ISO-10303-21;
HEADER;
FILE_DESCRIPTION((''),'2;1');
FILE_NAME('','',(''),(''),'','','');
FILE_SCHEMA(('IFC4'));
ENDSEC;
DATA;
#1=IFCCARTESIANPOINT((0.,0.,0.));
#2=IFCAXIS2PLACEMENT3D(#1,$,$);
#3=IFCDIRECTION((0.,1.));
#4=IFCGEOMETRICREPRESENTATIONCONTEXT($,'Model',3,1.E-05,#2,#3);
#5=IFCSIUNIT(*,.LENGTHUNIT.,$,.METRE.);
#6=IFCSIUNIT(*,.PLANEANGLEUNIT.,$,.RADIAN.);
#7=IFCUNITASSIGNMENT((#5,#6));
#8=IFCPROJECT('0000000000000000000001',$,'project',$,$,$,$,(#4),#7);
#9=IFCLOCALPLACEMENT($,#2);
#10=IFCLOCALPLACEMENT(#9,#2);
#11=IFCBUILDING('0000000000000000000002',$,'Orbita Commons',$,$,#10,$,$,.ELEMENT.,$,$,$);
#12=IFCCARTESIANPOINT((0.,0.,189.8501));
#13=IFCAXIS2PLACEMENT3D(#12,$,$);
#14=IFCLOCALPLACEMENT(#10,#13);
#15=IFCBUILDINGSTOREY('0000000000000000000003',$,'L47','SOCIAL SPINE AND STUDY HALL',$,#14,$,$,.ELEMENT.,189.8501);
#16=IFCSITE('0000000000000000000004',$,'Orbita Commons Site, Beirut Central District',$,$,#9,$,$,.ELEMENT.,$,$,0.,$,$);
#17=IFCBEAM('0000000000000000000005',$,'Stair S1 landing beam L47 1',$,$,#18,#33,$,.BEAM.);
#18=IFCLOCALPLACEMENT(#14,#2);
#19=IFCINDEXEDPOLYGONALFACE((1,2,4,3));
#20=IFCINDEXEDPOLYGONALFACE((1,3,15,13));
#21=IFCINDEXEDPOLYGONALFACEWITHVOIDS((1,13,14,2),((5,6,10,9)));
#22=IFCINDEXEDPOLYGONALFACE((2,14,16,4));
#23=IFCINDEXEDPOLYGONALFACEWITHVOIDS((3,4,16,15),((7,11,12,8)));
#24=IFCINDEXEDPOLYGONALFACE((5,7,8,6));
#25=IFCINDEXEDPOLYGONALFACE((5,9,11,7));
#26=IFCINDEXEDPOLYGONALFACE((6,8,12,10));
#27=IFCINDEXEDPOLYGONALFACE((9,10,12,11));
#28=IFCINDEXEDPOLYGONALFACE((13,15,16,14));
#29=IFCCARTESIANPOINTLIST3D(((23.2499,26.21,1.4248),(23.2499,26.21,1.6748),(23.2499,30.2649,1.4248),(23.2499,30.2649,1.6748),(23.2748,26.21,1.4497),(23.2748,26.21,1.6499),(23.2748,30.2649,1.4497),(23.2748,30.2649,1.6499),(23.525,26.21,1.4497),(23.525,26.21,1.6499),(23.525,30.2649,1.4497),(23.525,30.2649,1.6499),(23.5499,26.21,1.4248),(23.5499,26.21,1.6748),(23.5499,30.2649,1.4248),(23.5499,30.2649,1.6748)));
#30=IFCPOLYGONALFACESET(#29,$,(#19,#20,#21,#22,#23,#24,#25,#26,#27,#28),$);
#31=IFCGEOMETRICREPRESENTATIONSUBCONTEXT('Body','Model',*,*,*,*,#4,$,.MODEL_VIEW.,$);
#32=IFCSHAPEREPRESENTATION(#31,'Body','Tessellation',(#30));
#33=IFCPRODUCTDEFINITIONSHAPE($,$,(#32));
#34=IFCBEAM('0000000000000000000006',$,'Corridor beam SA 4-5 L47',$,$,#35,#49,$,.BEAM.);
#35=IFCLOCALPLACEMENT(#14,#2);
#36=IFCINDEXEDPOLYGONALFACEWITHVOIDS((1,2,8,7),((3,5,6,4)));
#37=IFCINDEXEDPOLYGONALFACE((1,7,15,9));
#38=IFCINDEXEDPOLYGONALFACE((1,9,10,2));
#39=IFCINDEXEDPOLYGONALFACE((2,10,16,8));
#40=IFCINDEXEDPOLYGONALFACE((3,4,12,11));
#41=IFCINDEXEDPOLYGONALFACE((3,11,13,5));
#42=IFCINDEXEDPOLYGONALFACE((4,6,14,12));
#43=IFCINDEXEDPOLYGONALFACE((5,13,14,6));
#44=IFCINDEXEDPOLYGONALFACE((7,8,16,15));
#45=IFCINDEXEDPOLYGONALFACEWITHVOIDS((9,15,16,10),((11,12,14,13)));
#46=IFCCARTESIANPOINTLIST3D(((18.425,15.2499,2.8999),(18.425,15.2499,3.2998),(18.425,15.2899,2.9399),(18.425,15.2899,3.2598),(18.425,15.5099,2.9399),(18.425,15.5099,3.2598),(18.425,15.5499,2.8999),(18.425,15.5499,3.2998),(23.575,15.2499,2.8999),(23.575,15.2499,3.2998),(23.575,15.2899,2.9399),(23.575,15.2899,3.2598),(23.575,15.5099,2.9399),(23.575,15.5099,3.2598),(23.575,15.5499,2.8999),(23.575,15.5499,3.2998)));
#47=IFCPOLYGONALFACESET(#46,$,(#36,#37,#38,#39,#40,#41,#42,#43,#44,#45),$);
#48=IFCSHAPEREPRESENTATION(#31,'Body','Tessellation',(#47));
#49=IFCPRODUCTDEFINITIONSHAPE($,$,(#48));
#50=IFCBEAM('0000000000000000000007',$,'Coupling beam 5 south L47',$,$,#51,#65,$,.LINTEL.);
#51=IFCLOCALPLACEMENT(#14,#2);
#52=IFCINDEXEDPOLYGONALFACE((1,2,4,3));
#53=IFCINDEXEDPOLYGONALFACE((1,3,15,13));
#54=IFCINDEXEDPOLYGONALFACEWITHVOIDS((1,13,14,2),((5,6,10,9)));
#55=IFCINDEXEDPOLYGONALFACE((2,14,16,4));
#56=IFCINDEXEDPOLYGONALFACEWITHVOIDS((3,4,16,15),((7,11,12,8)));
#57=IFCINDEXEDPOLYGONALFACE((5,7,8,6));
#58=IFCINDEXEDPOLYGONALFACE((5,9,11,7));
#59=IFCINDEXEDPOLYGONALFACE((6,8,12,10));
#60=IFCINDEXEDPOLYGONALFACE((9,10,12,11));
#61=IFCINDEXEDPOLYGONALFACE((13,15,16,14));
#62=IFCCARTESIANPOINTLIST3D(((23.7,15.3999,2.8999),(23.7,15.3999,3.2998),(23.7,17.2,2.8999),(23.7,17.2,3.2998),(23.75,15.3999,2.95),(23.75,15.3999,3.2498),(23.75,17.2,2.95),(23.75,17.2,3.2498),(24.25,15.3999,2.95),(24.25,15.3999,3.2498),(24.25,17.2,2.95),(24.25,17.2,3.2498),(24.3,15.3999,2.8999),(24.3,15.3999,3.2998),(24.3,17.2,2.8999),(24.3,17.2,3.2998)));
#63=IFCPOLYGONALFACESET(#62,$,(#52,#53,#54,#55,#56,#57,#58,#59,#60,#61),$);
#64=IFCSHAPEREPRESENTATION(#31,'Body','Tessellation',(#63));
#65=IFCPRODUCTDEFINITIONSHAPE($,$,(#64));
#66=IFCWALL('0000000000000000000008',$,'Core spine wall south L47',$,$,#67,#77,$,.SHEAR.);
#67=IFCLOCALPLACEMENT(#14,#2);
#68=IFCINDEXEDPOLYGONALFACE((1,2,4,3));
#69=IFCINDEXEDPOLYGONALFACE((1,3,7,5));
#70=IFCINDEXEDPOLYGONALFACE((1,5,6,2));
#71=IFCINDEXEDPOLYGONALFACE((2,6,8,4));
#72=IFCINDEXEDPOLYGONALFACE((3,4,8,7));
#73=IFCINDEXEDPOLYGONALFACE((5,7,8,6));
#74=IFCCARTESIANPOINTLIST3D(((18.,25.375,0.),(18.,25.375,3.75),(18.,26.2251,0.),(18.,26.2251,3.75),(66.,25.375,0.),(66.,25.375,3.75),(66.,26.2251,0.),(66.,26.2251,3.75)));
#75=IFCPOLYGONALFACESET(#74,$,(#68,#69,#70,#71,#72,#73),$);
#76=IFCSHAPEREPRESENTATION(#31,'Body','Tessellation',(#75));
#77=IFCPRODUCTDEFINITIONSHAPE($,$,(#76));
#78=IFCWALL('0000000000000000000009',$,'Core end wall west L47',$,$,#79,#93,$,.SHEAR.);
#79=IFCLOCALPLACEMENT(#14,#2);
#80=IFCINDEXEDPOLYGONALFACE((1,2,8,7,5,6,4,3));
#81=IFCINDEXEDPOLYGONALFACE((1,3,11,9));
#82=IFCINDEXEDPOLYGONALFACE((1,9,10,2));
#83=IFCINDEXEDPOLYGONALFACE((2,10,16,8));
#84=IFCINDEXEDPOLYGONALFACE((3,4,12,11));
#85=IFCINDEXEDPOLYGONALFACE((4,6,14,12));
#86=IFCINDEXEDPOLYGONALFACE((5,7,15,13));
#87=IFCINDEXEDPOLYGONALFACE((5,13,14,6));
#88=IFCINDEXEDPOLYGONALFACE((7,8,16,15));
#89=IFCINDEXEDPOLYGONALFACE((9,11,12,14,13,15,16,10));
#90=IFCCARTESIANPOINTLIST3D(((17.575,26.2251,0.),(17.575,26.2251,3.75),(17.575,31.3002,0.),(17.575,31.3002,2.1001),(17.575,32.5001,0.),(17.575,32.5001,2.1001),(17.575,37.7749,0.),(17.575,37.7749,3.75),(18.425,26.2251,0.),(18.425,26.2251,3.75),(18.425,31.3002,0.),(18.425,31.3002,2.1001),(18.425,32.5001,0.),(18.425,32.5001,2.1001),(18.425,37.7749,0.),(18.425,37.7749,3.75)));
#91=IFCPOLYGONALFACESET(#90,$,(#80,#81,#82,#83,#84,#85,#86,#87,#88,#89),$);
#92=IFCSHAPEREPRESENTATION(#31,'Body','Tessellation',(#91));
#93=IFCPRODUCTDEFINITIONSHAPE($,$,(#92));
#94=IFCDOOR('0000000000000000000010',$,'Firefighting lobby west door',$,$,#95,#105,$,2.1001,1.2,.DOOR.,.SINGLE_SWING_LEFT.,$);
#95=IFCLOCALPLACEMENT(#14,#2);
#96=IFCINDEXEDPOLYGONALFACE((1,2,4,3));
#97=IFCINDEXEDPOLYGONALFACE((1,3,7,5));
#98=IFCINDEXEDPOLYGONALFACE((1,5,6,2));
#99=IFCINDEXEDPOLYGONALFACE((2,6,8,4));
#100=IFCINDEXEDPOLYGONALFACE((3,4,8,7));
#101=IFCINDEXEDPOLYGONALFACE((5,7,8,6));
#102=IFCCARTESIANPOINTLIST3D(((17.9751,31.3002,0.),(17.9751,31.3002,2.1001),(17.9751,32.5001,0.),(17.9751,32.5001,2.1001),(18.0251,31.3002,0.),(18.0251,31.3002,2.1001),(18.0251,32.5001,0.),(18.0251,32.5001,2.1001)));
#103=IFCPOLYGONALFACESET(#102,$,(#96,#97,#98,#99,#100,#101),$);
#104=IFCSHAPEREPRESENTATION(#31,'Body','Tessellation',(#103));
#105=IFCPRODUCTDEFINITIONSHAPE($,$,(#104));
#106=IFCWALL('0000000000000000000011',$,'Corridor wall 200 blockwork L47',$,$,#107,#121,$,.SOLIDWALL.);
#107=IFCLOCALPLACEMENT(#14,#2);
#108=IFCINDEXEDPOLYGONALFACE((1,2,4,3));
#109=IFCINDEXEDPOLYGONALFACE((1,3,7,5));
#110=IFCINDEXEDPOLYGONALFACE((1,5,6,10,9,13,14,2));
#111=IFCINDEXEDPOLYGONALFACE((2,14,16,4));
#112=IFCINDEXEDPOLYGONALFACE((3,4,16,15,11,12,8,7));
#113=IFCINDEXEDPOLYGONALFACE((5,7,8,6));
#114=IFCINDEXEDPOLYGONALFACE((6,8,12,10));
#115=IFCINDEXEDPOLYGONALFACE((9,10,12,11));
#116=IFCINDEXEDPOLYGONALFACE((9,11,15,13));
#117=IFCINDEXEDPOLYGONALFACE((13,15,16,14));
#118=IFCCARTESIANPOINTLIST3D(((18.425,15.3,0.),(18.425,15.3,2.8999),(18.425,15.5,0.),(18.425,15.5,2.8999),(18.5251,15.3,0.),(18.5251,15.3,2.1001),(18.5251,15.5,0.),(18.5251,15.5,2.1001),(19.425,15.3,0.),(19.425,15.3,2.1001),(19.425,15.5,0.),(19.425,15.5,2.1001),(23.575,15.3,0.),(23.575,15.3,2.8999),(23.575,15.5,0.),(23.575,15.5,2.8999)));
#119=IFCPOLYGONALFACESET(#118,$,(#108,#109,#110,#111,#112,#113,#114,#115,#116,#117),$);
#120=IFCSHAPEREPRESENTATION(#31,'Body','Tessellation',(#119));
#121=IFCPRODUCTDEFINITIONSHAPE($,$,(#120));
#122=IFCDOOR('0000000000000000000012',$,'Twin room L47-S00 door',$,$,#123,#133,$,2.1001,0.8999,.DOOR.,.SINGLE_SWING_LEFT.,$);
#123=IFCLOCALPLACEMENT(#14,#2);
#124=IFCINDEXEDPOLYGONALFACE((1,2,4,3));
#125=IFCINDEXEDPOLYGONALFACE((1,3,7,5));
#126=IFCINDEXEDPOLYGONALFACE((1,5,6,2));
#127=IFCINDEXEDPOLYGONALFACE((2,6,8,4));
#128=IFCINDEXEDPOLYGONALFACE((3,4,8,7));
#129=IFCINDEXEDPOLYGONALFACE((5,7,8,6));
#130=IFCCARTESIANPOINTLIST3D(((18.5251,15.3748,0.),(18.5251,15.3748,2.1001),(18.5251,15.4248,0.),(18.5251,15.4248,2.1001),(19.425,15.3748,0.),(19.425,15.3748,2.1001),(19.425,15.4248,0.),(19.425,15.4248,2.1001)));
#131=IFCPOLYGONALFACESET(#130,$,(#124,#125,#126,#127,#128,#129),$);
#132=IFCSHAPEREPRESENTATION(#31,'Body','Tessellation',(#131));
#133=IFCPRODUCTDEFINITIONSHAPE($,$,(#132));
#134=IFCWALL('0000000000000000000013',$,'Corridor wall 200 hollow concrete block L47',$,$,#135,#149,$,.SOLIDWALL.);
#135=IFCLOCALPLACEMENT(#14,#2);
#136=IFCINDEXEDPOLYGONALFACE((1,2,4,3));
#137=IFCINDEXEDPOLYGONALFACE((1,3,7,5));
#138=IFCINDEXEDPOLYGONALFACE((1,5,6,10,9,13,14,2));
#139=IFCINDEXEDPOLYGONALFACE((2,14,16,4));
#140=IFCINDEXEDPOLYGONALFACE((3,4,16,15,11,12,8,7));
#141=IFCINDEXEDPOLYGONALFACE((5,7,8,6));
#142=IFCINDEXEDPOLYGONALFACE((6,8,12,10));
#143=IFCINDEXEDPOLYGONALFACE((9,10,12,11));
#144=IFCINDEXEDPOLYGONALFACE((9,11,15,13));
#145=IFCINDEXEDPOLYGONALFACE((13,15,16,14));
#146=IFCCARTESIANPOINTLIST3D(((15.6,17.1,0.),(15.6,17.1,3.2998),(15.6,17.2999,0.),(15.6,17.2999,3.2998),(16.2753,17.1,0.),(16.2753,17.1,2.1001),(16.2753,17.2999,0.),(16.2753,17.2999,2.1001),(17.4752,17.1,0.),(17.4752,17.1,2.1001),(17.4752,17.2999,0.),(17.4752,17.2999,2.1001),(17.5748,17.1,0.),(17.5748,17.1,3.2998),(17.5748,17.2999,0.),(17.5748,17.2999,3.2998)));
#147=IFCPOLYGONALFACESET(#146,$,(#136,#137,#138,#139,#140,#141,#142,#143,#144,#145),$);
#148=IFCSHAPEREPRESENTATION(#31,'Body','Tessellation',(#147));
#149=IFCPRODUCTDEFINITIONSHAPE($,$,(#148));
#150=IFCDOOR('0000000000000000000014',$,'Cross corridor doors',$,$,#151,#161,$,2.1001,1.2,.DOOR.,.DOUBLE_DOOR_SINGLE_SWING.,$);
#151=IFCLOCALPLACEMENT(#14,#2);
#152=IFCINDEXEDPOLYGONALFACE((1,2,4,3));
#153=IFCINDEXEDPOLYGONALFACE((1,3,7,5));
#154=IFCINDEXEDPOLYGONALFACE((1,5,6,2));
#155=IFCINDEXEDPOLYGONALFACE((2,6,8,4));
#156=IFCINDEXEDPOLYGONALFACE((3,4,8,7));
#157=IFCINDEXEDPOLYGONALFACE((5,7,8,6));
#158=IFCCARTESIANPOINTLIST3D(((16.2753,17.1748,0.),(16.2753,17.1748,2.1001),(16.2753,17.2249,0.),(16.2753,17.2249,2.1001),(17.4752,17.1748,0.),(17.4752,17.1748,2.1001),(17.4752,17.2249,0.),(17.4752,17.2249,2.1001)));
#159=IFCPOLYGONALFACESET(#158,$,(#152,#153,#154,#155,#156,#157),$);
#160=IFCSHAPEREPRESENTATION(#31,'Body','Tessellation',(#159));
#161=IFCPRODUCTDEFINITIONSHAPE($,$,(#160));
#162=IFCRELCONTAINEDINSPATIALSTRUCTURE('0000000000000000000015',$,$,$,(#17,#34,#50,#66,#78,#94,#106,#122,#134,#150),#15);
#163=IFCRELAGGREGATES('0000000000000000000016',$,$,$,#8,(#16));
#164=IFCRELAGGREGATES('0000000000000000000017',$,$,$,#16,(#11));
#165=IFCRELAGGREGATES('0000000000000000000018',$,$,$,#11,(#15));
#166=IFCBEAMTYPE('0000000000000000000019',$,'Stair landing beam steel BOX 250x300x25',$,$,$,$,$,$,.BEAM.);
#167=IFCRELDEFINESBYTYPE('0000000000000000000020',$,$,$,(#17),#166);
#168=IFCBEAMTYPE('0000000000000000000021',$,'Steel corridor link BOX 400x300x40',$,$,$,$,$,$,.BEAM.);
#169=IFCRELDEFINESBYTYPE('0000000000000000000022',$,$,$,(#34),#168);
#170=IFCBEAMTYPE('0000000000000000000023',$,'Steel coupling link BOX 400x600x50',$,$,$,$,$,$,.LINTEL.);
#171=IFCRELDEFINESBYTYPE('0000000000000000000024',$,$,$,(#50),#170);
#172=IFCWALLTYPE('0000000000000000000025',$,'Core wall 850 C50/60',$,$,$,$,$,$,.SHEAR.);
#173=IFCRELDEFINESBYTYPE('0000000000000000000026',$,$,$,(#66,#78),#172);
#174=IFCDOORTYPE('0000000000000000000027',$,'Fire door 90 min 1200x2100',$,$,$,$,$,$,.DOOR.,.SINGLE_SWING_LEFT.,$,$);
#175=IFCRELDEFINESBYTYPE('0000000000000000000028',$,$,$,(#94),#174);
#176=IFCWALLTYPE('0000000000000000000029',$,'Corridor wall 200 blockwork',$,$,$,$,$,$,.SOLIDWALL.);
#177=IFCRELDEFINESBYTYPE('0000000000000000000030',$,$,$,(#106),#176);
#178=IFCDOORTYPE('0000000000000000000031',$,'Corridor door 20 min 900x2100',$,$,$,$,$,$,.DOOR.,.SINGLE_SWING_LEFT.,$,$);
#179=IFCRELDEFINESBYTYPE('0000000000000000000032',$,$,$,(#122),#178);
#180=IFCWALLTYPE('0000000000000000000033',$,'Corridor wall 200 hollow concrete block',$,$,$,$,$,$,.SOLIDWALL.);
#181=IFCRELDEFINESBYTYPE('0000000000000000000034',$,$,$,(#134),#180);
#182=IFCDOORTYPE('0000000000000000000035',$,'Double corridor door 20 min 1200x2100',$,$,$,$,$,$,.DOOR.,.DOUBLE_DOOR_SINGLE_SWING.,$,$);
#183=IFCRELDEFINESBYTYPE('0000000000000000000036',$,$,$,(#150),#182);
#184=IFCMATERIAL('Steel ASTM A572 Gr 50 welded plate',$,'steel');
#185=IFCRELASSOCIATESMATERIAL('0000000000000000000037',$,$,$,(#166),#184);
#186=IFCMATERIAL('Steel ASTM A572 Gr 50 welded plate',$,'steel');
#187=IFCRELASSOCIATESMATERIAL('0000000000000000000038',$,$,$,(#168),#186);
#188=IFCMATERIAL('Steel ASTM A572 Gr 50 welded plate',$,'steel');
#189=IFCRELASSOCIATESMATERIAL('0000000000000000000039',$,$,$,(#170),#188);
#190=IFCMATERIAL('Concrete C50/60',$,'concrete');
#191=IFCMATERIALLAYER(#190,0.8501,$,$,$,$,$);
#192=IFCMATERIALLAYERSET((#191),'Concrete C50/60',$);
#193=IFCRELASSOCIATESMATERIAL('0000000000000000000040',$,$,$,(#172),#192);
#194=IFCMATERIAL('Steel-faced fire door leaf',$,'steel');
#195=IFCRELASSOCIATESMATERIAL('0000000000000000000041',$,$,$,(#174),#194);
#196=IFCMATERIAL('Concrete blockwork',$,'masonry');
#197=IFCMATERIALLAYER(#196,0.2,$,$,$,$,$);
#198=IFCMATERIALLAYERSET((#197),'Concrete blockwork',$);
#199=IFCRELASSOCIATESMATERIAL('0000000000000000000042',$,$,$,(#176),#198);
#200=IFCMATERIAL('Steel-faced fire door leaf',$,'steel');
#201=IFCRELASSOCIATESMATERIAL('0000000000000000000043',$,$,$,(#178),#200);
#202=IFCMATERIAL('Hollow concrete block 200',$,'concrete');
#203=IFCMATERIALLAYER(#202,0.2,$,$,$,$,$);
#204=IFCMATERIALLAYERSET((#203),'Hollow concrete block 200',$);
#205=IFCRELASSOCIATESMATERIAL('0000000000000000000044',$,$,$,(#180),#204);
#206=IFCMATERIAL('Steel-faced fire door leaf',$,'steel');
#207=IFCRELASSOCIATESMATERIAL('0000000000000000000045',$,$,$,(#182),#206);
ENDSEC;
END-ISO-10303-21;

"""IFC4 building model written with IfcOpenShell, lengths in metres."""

from ifc_helpers import new_model, si_unit, direction, frame, frame_2d, origin, origin_2d, place, context, subcontext, project, spatial, polyline, rectangle, hollow_rectangle, outline, extrude, material, layer, layer_set, material_profile, profile_set, type_object, element, fill, save


model = new_model("IFC4")

# Units and contexts
model_context = context("Model", 3, precision=1e-05, world=origin(), true_north=direction((0.0, 1.0)))
body_context = subcontext(model_context, "Body", "Model", "MODEL_VIEW")
ifc_project = project(units=[si_unit("LENGTHUNIT", "METRE"), si_unit("PLANEANGLEUNIT", "RADIAN")], contexts=[model_context])

# Site, building, storey
site_placement = place(None, origin())
site = spatial("IfcSite", under=ifc_project, at=site_placement, Name="Orbita Commons Site, Beirut Central District", CompositionType="ELEMENT", RefElevation=0.0)
building_placement = place(site_placement, origin())
building = spatial("IfcBuilding", under=site, at=building_placement, Name="Orbita Commons", CompositionType="ELEMENT")
storey_placement = place(building_placement, frame((0.0, 0.0, 189.8501)))
storey = spatial("IfcBuildingStorey", under=building, at=storey_placement, Name="L47", Description="SOCIAL SPINE AND STUDY HALL", CompositionType="ELEMENT", Elevation=189.8501)

# Beams
ifc_material_1 = material(Name="Steel ASTM A572 Gr 50 welded plate", Category="steel")
ifc_material_profile_1 = material_profile(ifc_material_1, hollow_rectangle(XDim=0.3, YDim=0.25, WallThickness=0.0249, at=origin_2d()), Name="BOX 250x300x25")
ifc_profile_set_1 = profile_set([ifc_material_profile_1], Name="Steel ASTM A572 Gr 50 welded plate")
beam_type_1 = type_object("IfcBeamType", Name="Stair landing beam steel BOX 250x300x25", PredefinedType="BEAM", material=ifc_profile_set_1)
beam_1_placement = place(storey_placement, frame((23.3999, 26.21, 1.5498), z_axis=(0.0, 1.0, 0.0), x_axis=(-1.0, 0.0, 0.0)))
element("IfcBeam", 1, at=beam_1_placement, inside=storey, type_object=beam_type_1, Name="Stair S1 landing beam L47 1", PredefinedType="BEAM", context=body_context, shape_type="SweptSolid", body=[
    extrude(hollow_rectangle(XDim=0.3, YDim=0.25, WallThickness=0.0249, at=origin_2d()), origin(), (0.0, 0.0, 1.0), 4.0549),
])
ifc_material_2 = material(Name="Steel ASTM A572 Gr 50 welded plate", Category="steel")
ifc_material_profile_2 = material_profile(ifc_material_2, hollow_rectangle(XDim=0.3, YDim=0.3999, WallThickness=0.04, at=origin_2d()), Name="BOX 400x300x40")
ifc_profile_set_2 = profile_set([ifc_material_profile_2], Name="Steel ASTM A572 Gr 50 welded plate")
beam_type_2 = type_object("IfcBeamType", Name="Steel corridor link BOX 400x300x40", PredefinedType="BEAM", material=ifc_profile_set_2)
beam_2_placement = place(storey_placement, frame((18.425, 15.3999, 3.0999), z_axis=(1.0, 0.0, 0.0), x_axis=(0.0, 1.0, 0.0)))
element("IfcBeam", 2, at=beam_2_placement, inside=storey, type_object=beam_type_2, Name="Corridor beam SA 4-5 L47", PredefinedType="BEAM", context=body_context, shape_type="SweptSolid", body=[
    extrude(hollow_rectangle(XDim=0.3, YDim=0.3999, WallThickness=0.04, at=origin_2d()), origin(), (0.0, 0.0, 1.0), 5.1499),
])
ifc_material_3 = material(Name="Steel ASTM A572 Gr 50 welded plate", Category="steel")
ifc_material_profile_3 = material_profile(ifc_material_3, hollow_rectangle(XDim=0.6001, YDim=0.3999, WallThickness=0.05, at=origin_2d()), Name="BOX 400x600x50")
ifc_profile_set_3 = profile_set([ifc_material_profile_3], Name="Steel ASTM A572 Gr 50 welded plate")
beam_type_3 = type_object("IfcBeamType", Name="Steel coupling link BOX 400x600x50", PredefinedType="LINTEL", material=ifc_profile_set_3)
beam_3_placement = place(storey_placement, frame((24.0, 15.3999, 3.0999), z_axis=(0.0, 1.0, 0.0), x_axis=(-1.0, 0.0, 0.0)))
element("IfcBeam", 3, at=beam_3_placement, inside=storey, type_object=beam_type_3, Name="Coupling beam 5 south L47", PredefinedType="LINTEL", context=body_context, shape_type="SweptSolid", body=[
    extrude(hollow_rectangle(XDim=0.6001, YDim=0.3999, WallThickness=0.05, at=origin_2d()), origin(), (0.0, 0.0, 1.0), 1.8),
])

# Wall
ifc_material_4 = material(Name="Concrete C50/60", Category="concrete")
ifc_layer_1 = layer(ifc_material_4, 0.8501)
ifc_layer_set_1 = layer_set([ifc_layer_1], Name="Concrete C50/60")
wall_type_1 = type_object("IfcWallType", Name="Core wall 850 C50/60", PredefinedType="SHEAR", material=ifc_layer_set_1)
wall_1_placement = place(storey_placement, frame((18.0, 25.8, 0.0), z_axis=(0.0, 0.0, 1.0), x_axis=(1.0, 0.0, 0.0)))
element("IfcWall", 4, at=wall_1_placement, inside=storey, type_object=wall_type_1, Name="Core spine wall south L47", PredefinedType="SHEAR", context=body_context, shape_type="SweptSolid", body=[
    extrude(rectangle(XDim=48.0, YDim=0.8501, at=frame_2d((24.0, 0.0))), origin(), (0.0, 0.0, 1.0), 3.75),
])

# Walls, openings, doors
wall_2_placement = place(storey_placement, frame((18.0, 26.2251, 0.0), z_axis=(0.0, 0.0, 1.0), x_axis=(0.0, 1.0, 0.0)))
wall_2 = element("IfcWall", 5, at=wall_2_placement, inside=storey, type_object=wall_type_1, Name="Core end wall west L47", PredefinedType="SHEAR", context=body_context, shape_type="SweptSolid", body=[
    extrude(rectangle(XDim=11.5498, YDim=0.8501, at=frame_2d((5.7749, 0.0))), origin(), (0.0, 0.0, 1.0), 3.75),
])
opening_1_placement = place(wall_2_placement, frame((5.075, 0.0, 0.0)))
opening_1 = element("IfcOpeningElement", 6, at=opening_1_placement, cuts=wall_2, PredefinedType="OPENING", context=body_context, shape_type="SweptSolid", body=[
    extrude(rectangle(XDim=1.2, YDim=2.1001, at=frame_2d((0.6001, 1.05))), frame((0.0, 0.4351, 0.0), z_axis=(0.0, -1.0, 0.0), x_axis=(1.0, 0.0, 0.0)), (0.0, 0.0, 1.0), 0.8701),
])
ifc_material_5 = material(Name="Steel-faced fire door leaf", Category="steel")
door_type_1 = type_object("IfcDoorType", Name="Fire door 90 min 1200x2100", OperationType="SINGLE_SWING_LEFT", PredefinedType="DOOR", material=ifc_material_5)
door_1_placement = place(opening_1_placement, origin())
door_1 = element("IfcDoor", 7, at=door_1_placement, inside=storey, type_object=door_type_1, Name="Firefighting lobby west door", OperationType="SINGLE_SWING_LEFT", OverallHeight=2.1001, OverallWidth=1.2, PredefinedType="DOOR", context=body_context, shape_type="SweptSolid", body=[
    extrude(rectangle(XDim=1.2, YDim=2.1001, at=frame_2d((0.6001, 1.05))), frame((0.0, 0.0249, 0.0), z_axis=(0.0, -1.0, 0.0), x_axis=(1.0, 0.0, 0.0)), (0.0, 0.0, 1.0), 0.05),
])
fill(opening_1, door_1)
ifc_material_6 = material(Name="Concrete blockwork", Category="masonry")
ifc_layer_2 = layer(ifc_material_6, 0.2)
ifc_layer_set_2 = layer_set([ifc_layer_2], Name="Concrete blockwork")
wall_type_2 = type_object("IfcWallType", Name="Corridor wall 200 blockwork", PredefinedType="SOLIDWALL", material=ifc_layer_set_2)
wall_3_placement = place(storey_placement, frame((18.425, 15.3999, 0.0), z_axis=(0.0, 0.0, 1.0), x_axis=(1.0, 0.0, 0.0)))
wall_3 = element("IfcWall", 8, at=wall_3_placement, inside=storey, type_object=wall_type_2, Name="Corridor wall 200 blockwork L47", PredefinedType="SOLIDWALL", context=body_context, shape_type="SweptSolid", body=[
    extrude(outline(polyline([(0.0, 0.0), (5.1499, 0.0), (5.1499, 2.8999), (0.0, 2.8999), (0.0, 0.0)])), frame((0.0, 0.1001, 0.0), z_axis=(0.0, -1.0, 0.0), x_axis=(1.0, 0.0, 0.0)), (0.0, 0.0, 1.0), 0.2),
])
opening_2_placement = place(wall_3_placement, frame((0.1001, 0.0, 0.0)))
opening_2 = element("IfcOpeningElement", 9, at=opening_2_placement, cuts=wall_3, PredefinedType="OPENING", context=body_context, shape_type="SweptSolid", body=[
    extrude(rectangle(XDim=0.8999, YDim=2.1001, at=frame_2d((0.45, 1.05))), frame((0.0, 0.1099, 0.0), z_axis=(0.0, -1.0, 0.0), x_axis=(1.0, 0.0, 0.0)), (0.0, 0.0, 1.0), 0.22),
])
ifc_material_7 = material(Name="Steel-faced fire door leaf", Category="steel")
door_type_2 = type_object("IfcDoorType", Name="Corridor door 20 min 900x2100", OperationType="SINGLE_SWING_LEFT", PredefinedType="DOOR", material=ifc_material_7)
door_2_placement = place(opening_2_placement, origin())
door_2 = element("IfcDoor", 10, at=door_2_placement, inside=storey, type_object=door_type_2, Name="Twin room L47-S00 door", OperationType="SINGLE_SWING_LEFT", OverallHeight=2.1001, OverallWidth=0.8999, PredefinedType="DOOR", context=body_context, shape_type="SweptSolid", body=[
    extrude(rectangle(XDim=0.8999, YDim=2.1001, at=frame_2d((0.45, 1.05))), frame((0.0, 0.0249, 0.0), z_axis=(0.0, -1.0, 0.0), x_axis=(1.0, 0.0, 0.0)), (0.0, 0.0, 1.0), 0.05),
])
fill(opening_2, door_2)
ifc_material_8 = material(Name="Hollow concrete block 200", Category="concrete")
ifc_layer_3 = layer(ifc_material_8, 0.2)
ifc_layer_set_3 = layer_set([ifc_layer_3], Name="Hollow concrete block 200")
wall_type_3 = type_object("IfcWallType", Name="Corridor wall 200 hollow concrete block", PredefinedType="SOLIDWALL", material=ifc_layer_set_3)
wall_4_placement = place(storey_placement, frame((15.6001, 17.2, 0.0), z_axis=(0.0, 0.0, 1.0), x_axis=(1.0, 0.0, 0.0)))
wall_4 = element("IfcWall", 11, at=wall_4_placement, inside=storey, type_object=wall_type_3, Name="Corridor wall 200 hollow concrete block L47", PredefinedType="SOLIDWALL", context=body_context, shape_type="SweptSolid", body=[
    extrude(rectangle(XDim=1.9749, YDim=0.2, at=frame_2d((0.9873, 0.0))), origin(), (0.0, 0.0, 1.0), 3.2998),
])
opening_3_placement = place(wall_4_placement, frame((0.675, 0.0, 0.0)))
opening_3 = element("IfcOpeningElement", 12, at=opening_3_placement, cuts=wall_4, PredefinedType="OPENING", context=body_context, shape_type="SweptSolid", body=[
    extrude(rectangle(XDim=1.2, YDim=2.1001, at=frame_2d((0.6001, 1.05))), frame((0.0, 0.1099, 0.0), z_axis=(0.0, -1.0, 0.0), x_axis=(1.0, 0.0, 0.0)), (0.0, 0.0, 1.0), 0.22),
])
ifc_material_9 = material(Name="Steel-faced fire door leaf", Category="steel")
door_type_3 = type_object("IfcDoorType", Name="Double corridor door 20 min 1200x2100", OperationType="DOUBLE_DOOR_SINGLE_SWING", PredefinedType="DOOR", material=ifc_material_9)
door_3_placement = place(opening_3_placement, origin())
door_3 = element("IfcDoor", 13, at=door_3_placement, inside=storey, type_object=door_type_3, Name="Cross corridor doors", OperationType="DOUBLE_DOOR_SINGLE_SWING", OverallHeight=2.1001, OverallWidth=1.2, PredefinedType="DOOR", context=body_context, shape_type="SweptSolid", body=[
    extrude(rectangle(XDim=1.2, YDim=2.1001, at=frame_2d((0.6001, 1.05))), frame((0.0, 0.0249, 0.0), z_axis=(0.0, -1.0, 0.0), x_axis=(1.0, 0.0, 0.0)), (0.0, 0.0, 1.0), 0.05),
])
fill(opening_3, door_3)

save(model, "model.ifc")
